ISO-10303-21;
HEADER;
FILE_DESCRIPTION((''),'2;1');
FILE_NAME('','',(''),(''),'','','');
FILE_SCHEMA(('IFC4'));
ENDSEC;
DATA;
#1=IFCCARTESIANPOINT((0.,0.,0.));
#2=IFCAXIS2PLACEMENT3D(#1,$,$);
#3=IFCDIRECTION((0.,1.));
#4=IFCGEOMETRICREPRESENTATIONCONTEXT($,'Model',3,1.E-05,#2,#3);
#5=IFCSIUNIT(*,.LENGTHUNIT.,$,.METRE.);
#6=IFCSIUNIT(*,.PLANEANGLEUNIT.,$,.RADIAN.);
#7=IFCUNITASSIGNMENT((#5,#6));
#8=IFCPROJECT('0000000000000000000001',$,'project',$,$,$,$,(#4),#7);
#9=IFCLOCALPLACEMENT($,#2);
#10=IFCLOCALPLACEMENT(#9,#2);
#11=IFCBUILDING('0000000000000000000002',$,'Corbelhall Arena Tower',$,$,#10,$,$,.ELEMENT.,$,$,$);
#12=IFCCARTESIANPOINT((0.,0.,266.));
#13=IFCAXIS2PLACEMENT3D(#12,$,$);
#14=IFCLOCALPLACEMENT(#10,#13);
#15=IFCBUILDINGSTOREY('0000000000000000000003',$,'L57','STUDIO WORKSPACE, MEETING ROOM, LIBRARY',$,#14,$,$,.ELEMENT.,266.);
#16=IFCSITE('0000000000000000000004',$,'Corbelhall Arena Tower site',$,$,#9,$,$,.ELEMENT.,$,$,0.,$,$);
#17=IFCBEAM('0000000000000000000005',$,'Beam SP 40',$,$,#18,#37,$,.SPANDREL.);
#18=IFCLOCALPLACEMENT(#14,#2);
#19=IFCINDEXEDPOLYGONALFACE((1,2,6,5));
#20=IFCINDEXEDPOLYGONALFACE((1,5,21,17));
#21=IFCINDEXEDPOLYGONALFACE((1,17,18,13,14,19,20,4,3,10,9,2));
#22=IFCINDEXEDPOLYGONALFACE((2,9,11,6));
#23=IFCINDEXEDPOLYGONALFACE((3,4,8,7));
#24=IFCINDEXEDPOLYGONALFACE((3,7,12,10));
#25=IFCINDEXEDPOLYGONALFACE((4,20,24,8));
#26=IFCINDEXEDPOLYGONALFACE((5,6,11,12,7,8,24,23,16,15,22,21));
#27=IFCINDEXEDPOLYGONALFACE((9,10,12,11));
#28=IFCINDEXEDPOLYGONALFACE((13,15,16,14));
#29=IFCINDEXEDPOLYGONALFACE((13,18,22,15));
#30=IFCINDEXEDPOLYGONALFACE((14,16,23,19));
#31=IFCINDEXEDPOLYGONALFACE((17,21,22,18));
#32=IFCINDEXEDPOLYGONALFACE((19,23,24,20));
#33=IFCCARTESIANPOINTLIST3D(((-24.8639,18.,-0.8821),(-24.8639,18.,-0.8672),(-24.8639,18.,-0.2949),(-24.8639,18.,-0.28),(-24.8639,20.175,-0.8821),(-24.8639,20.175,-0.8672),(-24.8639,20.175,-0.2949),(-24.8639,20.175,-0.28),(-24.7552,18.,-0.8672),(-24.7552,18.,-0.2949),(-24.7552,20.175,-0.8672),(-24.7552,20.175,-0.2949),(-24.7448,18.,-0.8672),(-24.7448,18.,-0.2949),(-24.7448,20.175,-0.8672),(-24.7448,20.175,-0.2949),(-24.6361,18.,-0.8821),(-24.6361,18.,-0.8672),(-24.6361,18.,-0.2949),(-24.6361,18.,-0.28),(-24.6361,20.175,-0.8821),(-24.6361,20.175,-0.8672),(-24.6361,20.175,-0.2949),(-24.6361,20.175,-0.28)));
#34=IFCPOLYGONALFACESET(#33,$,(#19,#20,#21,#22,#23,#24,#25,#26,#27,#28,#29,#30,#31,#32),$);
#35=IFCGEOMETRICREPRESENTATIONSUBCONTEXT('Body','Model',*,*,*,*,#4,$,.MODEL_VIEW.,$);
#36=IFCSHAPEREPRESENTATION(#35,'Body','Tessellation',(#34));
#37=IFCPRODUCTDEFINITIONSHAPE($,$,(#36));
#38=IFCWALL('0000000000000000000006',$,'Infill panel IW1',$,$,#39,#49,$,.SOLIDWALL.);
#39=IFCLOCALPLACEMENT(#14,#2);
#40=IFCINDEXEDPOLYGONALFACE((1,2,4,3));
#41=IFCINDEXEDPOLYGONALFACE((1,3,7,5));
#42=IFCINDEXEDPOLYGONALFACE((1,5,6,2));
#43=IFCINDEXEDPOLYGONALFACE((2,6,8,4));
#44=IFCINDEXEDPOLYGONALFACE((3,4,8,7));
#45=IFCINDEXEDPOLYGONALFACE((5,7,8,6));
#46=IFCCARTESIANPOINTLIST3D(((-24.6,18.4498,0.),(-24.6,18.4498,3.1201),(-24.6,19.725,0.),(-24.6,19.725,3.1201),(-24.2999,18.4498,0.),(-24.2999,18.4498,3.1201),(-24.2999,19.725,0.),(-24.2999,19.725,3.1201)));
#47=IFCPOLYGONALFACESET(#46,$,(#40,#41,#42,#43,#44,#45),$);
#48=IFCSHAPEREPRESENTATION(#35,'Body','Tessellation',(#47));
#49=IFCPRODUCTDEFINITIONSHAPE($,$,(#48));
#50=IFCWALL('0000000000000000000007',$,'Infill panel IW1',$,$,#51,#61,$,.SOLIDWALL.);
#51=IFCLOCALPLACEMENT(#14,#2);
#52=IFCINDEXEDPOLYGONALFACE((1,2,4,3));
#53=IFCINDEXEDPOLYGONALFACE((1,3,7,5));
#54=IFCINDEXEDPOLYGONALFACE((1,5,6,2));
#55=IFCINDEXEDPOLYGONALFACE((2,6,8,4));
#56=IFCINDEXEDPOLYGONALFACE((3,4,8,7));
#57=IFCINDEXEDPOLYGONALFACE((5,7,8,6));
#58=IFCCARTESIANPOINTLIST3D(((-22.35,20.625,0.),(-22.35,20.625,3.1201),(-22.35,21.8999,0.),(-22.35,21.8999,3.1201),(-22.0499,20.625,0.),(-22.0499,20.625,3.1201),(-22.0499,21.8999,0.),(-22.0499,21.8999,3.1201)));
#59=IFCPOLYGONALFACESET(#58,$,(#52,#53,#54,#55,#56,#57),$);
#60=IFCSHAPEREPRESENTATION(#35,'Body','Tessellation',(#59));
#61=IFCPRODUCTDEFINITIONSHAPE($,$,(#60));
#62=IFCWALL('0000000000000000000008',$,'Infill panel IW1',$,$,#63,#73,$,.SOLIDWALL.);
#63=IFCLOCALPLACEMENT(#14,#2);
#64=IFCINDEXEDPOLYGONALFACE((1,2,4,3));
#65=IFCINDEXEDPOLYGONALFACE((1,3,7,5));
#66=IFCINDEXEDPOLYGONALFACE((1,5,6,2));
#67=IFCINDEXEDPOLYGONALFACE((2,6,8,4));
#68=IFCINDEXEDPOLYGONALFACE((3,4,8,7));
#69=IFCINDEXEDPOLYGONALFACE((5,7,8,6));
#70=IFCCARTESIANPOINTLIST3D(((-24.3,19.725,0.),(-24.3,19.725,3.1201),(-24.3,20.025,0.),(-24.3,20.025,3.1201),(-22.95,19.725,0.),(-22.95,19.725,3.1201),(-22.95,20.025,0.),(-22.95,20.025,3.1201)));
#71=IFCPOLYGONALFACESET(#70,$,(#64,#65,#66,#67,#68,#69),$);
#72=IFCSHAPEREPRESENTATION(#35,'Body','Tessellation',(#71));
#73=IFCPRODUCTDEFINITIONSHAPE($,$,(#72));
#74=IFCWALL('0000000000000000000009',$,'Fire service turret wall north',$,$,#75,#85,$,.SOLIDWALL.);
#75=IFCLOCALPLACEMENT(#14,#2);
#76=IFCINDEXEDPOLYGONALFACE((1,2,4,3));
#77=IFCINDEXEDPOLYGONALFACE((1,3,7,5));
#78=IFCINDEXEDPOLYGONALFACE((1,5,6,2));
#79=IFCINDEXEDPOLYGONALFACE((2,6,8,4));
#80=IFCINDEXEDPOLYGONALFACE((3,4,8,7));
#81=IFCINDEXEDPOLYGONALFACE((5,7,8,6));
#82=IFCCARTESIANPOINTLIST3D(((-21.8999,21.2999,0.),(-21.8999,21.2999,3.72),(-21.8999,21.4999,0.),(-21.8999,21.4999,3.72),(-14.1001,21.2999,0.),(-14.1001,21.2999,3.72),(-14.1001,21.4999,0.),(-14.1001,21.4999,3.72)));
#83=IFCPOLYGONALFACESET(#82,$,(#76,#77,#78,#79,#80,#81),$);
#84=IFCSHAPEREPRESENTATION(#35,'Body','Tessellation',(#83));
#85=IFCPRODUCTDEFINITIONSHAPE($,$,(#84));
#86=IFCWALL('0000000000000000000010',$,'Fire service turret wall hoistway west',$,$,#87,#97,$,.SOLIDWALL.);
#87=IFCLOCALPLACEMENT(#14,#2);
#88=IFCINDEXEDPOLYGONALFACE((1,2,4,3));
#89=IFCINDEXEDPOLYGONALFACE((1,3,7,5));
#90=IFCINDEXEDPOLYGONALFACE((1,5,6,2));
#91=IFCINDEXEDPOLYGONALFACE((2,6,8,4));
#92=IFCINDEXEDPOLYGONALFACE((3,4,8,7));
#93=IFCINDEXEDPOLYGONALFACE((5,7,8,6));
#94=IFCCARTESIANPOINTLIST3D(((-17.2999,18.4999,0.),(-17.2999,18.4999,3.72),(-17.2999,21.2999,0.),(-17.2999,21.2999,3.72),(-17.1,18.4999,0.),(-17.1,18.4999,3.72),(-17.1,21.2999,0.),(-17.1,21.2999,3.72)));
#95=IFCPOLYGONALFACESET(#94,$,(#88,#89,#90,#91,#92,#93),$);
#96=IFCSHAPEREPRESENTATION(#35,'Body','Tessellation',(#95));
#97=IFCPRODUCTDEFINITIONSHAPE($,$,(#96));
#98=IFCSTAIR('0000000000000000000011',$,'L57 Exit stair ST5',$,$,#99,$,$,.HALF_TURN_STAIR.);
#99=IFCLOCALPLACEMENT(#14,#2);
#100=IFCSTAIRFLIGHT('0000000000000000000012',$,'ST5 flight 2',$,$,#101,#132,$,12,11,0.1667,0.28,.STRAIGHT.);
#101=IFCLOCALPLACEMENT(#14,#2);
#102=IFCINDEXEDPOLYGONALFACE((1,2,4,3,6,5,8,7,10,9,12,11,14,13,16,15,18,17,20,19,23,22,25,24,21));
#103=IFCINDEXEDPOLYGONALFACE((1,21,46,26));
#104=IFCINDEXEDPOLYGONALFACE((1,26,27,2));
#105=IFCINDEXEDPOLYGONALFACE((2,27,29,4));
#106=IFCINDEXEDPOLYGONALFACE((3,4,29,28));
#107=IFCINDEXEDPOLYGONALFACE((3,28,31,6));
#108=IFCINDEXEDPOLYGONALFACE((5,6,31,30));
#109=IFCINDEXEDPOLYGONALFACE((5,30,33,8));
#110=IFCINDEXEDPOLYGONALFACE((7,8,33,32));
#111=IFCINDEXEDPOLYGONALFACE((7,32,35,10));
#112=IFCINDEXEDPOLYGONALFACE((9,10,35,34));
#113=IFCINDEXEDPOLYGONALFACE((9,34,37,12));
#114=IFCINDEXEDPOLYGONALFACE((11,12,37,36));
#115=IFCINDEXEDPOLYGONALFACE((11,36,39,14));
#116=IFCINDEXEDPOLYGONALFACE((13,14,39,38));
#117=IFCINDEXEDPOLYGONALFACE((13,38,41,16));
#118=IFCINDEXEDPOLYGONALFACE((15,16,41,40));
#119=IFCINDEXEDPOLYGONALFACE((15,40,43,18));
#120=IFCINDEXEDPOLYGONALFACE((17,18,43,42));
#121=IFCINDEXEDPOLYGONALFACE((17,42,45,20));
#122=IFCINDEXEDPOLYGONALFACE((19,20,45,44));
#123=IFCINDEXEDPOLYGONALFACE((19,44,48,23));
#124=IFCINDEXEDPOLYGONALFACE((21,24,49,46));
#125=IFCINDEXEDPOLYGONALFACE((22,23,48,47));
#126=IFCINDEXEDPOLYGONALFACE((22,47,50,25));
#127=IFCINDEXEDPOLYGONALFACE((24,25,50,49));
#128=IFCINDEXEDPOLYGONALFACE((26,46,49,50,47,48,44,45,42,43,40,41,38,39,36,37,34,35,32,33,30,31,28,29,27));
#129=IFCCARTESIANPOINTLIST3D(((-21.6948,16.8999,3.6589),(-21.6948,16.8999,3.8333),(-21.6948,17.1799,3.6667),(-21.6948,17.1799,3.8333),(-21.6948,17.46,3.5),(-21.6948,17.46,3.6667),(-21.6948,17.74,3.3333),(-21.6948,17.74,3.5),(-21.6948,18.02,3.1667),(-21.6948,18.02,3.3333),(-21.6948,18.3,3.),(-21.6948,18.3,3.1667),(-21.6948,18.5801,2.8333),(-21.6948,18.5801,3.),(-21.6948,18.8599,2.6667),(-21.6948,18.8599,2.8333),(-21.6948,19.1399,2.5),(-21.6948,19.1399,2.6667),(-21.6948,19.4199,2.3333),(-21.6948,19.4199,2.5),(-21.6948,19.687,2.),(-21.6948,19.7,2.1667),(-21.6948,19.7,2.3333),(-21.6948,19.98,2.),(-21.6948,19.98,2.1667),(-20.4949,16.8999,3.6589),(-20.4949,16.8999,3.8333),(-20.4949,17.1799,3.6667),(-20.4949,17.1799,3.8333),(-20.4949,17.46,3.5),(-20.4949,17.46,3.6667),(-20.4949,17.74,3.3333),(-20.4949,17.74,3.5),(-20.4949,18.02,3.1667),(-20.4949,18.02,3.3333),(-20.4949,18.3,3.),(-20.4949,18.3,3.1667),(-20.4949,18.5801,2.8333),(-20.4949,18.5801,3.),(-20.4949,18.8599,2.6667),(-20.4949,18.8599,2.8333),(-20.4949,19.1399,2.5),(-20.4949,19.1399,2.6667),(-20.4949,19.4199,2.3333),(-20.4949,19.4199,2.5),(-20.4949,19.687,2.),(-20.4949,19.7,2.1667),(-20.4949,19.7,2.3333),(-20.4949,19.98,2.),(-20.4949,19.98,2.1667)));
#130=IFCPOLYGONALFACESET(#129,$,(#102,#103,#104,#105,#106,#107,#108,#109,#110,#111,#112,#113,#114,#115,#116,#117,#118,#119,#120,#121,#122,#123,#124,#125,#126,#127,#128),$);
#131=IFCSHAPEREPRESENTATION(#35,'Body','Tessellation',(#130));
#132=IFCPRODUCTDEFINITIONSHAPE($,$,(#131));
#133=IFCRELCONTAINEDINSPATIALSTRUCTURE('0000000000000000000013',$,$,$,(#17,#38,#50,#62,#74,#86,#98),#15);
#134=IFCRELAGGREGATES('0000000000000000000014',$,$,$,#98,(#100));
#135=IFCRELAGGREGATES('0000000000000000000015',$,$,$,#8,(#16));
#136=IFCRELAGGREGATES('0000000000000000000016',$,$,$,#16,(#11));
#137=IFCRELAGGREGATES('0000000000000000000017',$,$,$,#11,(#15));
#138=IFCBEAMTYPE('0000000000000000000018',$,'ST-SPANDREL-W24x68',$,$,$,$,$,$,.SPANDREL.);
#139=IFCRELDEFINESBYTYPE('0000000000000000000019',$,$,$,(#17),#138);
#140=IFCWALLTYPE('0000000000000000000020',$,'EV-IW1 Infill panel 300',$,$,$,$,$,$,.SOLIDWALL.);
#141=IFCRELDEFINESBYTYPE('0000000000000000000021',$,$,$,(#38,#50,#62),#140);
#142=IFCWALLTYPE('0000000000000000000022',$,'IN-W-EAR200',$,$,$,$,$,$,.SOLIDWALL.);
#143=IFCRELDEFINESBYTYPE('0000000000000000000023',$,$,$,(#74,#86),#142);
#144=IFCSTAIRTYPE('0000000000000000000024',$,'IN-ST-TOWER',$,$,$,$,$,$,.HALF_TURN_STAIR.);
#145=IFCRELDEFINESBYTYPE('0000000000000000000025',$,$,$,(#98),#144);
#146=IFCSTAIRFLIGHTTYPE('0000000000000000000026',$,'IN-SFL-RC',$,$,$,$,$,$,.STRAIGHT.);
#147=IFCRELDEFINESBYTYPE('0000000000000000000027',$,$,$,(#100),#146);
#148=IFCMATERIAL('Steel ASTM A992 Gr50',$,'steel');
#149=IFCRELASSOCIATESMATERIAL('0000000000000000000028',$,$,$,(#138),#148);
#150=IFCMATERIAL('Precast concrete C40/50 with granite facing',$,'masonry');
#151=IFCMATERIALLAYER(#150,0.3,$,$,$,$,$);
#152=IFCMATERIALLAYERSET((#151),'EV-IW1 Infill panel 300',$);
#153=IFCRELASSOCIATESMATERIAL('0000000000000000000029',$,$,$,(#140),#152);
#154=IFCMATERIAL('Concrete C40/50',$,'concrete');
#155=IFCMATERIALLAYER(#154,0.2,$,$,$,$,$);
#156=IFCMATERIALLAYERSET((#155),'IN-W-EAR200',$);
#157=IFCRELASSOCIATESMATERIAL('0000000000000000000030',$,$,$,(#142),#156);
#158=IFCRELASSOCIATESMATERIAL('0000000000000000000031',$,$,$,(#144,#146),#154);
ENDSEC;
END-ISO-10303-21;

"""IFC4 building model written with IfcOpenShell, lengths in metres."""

from ifc_helpers import new_model, si_unit, direction, frame, frame_2d, origin, origin_2d, place, context, subcontext, project, spatial, polyline, rectangle, i_section, outline, extrude, material, layer, layer_set, material_profile, profile_set, type_object, element, aggregate, save


model = new_model("IFC4")

# Units and contexts
model_context = context("Model", 3, precision=1e-05, world=origin(), true_north=direction((0.0, 1.0)))
body_context = subcontext(model_context, "Body", "Model", "MODEL_VIEW")
ifc_project = project(units=[si_unit("LENGTHUNIT", "METRE"), si_unit("PLANEANGLEUNIT", "RADIAN")], contexts=[model_context])

# Site, building, storey
site_placement = place(None, origin())
site = spatial("IfcSite", under=ifc_project, at=site_placement, Name="Corbelhall Arena Tower site", CompositionType="ELEMENT", RefElevation=0.0)
building_placement = place(site_placement, origin())
building = spatial("IfcBuilding", under=site, at=building_placement, Name="Corbelhall Arena Tower", CompositionType="ELEMENT")
storey_placement = place(building_placement, frame((0.0, 0.0, 266.0)))
storey = spatial("IfcBuildingStorey", under=building, at=storey_placement, Name="L57", Description="STUDIO WORKSPACE, MEETING ROOM, LIBRARY", CompositionType="ELEMENT", Elevation=266.0)

# Beam
ifc_material_1 = material(Name="Steel ASTM A992 Gr50", Category="steel")
ifc_material_profile_1 = material_profile(ifc_material_1, i_section(OverallWidth=0.2278, OverallDepth=0.6021, WebThickness=0.0105, FlangeThickness=0.0149, at=origin_2d()))
ifc_profile_set_1 = profile_set([ifc_material_profile_1], Name="Steel ASTM A992 Gr50")
beam_type = type_object("IfcBeamType", Name="ST-SPANDREL-W24x68", PredefinedType="SPANDREL", material=ifc_profile_set_1)
beam_1_placement = place(storey_placement, frame((-24.75, 18.0, -0.5811), z_axis=(0.0, 1.0, 0.0), x_axis=(-1.0, 0.0, 0.0)))
element("IfcBeam", 1, at=beam_1_placement, inside=storey, type_object=beam_type, Name="Beam SP 40", PredefinedType="SPANDREL", context=body_context, shape_type="SweptSolid", body=[
    extrude(i_section(OverallWidth=0.2278, OverallDepth=0.6021, WebThickness=0.0105, FlangeThickness=0.0149, at=origin_2d()), origin(), (0.0, 0.0, 1.0), 2.175),
])

# Wall
ifc_material_2 = material(Name="Precast concrete C40/50 with granite facing", Category="masonry")
ifc_layer_1 = layer(ifc_material_2, 0.3)
ifc_layer_set_1 = layer_set([ifc_layer_1], Name="EV-IW1 Infill panel 300")
wall_type_1 = type_object("IfcWallType", Name="EV-IW1 Infill panel 300", PredefinedType="SOLIDWALL", material=ifc_layer_set_1)
wall_1_placement = place(storey_placement, frame((-24.45, 19.7251, 0.0), z_axis=(0.0, 0.0, 1.0), x_axis=(0.0, -1.0, 0.0)))
element("IfcWall", 2, at=wall_1_placement, inside=storey, type_object=wall_type_1, Name="Infill panel IW1", PredefinedType="SOLIDWALL", context=body_context, shape_type="SweptSolid", body=[
    extrude(rectangle(XDim=1.2751, YDim=0.3, at=frame_2d((0.6377, 0.0))), origin(), (0.0, 0.0, 1.0), 3.1201),
])

# Walls
wall_2_placement = place(storey_placement, frame((-22.2, 21.8999, 0.0), z_axis=(0.0, 0.0, 1.0), x_axis=(0.0, -1.0, 0.0)))
element("IfcWall", 3, at=wall_2_placement, inside=storey, type_object=wall_type_1, Name="Infill panel IW1", PredefinedType="SOLIDWALL", context=body_context, shape_type="SweptSolid", body=[
    extrude(rectangle(XDim=1.2749, YDim=0.3, at=frame_2d((0.6375, 0.0))), origin(), (0.0, 0.0, 1.0), 3.1201),
])
wall_3_placement = place(storey_placement, frame((-22.95, 19.875, 0.0), z_axis=(0.0, 0.0, 1.0), x_axis=(-1.0, 0.0, 0.0)))
element("IfcWall", 4, at=wall_3_placement, inside=storey, type_object=wall_type_1, Name="Infill panel IW1", PredefinedType="SOLIDWALL", context=body_context, shape_type="SweptSolid", body=[
    extrude(rectangle(XDim=1.3501, YDim=0.3, at=frame_2d((0.675, 0.0))), origin(), (0.0, 0.0, 1.0), 3.1201),
])
ifc_material_3 = material(Name="Concrete C40/50", Category="concrete")
ifc_layer_2 = layer(ifc_material_3, 0.2)
ifc_layer_set_2 = layer_set([ifc_layer_2], Name="IN-W-EAR200")
wall_type_2 = type_object("IfcWallType", Name="IN-W-EAR200", PredefinedType="SOLIDWALL", material=ifc_layer_set_2)
wall_4_placement = place(storey_placement, frame((-21.8999, 21.3999, 0.0), z_axis=(0.0, 0.0, 1.0), x_axis=(1.0, 0.0, 0.0)))
element("IfcWall", 5, at=wall_4_placement, inside=storey, type_object=wall_type_2, Name="Fire service turret wall north", PredefinedType="SOLIDWALL", context=body_context, shape_type="SweptSolid", body=[
    extrude(rectangle(XDim=7.7998, YDim=0.2, at=frame_2d((3.8999, 0.0))), origin(), (0.0, 0.0, 1.0), 3.72),
])
wall_5_placement = place(storey_placement, frame((-17.2, 18.5, 0.0), z_axis=(0.0, 0.0, 1.0), x_axis=(0.0, 1.0, 0.0)))
element("IfcWall", 6, at=wall_5_placement, inside=storey, type_object=wall_type_2, Name="Fire service turret wall hoistway west", PredefinedType="SOLIDWALL", context=body_context, shape_type="SweptSolid", body=[
    extrude(rectangle(XDim=2.8, YDim=0.2, at=frame_2d((1.3999, 0.0))), origin(), (0.0, 0.0, 1.0), 3.72),
])

# Stair, stair flight
stair_type = type_object("IfcStairType", Name="IN-ST-TOWER", PredefinedType="HALF_TURN_STAIR", material=ifc_material_3)
stair_placement = place(storey_placement, origin())
stair = element("IfcStair", 7, at=stair_placement, inside=storey, type_object=stair_type, Name="L57 Exit stair ST5", PredefinedType="HALF_TURN_STAIR")
stair_flight_type = type_object("IfcStairFlightType", Name="IN-SFL-RC", PredefinedType="STRAIGHT", material=ifc_material_3)
stair_flight_placement = place(storey_placement, frame((-21.095, 19.98, 2.0), z_axis=(0.0, 0.0, 1.0), x_axis=(0.0, -1.0, 0.0)))
stair_flight = element("IfcStairFlight", 8, at=stair_flight_placement, type_object=stair_flight_type, Name="ST5 flight 2", NumberOfRisers=12, NumberOfTreads=11, PredefinedType="STRAIGHT", RiserHeight=0.1667, TreadLength=0.28, context=body_context, shape_type="SweptSolid", body=[
    extrude(outline(polyline([(0.0, 0.0), (0.0, 0.1667), (0.28, 0.1667), (0.28, 0.3333), (0.5601, 0.3333), (0.5601, 0.5), (0.8401, 0.5), (0.8401, 0.6667), (1.1201, 0.6667), (1.1201, 0.8333), (1.3999, 0.8333), (1.3999, 1.0), (1.6799, 1.0), (1.6799, 1.1667), (1.96, 1.1667), (1.96, 1.3333), (2.24, 1.3333), (2.24, 1.5), (2.52, 1.5), (2.52, 1.6667), (2.8, 1.6667), (2.8, 1.8333), (3.0801, 1.8333), (3.0801, 2.0), (3.0801, 1.6589), (0.293, 0.0), (0.0, 0.0)])), frame((0.0, 0.6001, 0.0), z_axis=(0.0, -1.0, 0.0), x_axis=(1.0, 0.0, 0.0)), (0.0, 0.0, 1.0), 1.2),
])
aggregate(stair, [stair_flight])

save(model, "model.ifc")
